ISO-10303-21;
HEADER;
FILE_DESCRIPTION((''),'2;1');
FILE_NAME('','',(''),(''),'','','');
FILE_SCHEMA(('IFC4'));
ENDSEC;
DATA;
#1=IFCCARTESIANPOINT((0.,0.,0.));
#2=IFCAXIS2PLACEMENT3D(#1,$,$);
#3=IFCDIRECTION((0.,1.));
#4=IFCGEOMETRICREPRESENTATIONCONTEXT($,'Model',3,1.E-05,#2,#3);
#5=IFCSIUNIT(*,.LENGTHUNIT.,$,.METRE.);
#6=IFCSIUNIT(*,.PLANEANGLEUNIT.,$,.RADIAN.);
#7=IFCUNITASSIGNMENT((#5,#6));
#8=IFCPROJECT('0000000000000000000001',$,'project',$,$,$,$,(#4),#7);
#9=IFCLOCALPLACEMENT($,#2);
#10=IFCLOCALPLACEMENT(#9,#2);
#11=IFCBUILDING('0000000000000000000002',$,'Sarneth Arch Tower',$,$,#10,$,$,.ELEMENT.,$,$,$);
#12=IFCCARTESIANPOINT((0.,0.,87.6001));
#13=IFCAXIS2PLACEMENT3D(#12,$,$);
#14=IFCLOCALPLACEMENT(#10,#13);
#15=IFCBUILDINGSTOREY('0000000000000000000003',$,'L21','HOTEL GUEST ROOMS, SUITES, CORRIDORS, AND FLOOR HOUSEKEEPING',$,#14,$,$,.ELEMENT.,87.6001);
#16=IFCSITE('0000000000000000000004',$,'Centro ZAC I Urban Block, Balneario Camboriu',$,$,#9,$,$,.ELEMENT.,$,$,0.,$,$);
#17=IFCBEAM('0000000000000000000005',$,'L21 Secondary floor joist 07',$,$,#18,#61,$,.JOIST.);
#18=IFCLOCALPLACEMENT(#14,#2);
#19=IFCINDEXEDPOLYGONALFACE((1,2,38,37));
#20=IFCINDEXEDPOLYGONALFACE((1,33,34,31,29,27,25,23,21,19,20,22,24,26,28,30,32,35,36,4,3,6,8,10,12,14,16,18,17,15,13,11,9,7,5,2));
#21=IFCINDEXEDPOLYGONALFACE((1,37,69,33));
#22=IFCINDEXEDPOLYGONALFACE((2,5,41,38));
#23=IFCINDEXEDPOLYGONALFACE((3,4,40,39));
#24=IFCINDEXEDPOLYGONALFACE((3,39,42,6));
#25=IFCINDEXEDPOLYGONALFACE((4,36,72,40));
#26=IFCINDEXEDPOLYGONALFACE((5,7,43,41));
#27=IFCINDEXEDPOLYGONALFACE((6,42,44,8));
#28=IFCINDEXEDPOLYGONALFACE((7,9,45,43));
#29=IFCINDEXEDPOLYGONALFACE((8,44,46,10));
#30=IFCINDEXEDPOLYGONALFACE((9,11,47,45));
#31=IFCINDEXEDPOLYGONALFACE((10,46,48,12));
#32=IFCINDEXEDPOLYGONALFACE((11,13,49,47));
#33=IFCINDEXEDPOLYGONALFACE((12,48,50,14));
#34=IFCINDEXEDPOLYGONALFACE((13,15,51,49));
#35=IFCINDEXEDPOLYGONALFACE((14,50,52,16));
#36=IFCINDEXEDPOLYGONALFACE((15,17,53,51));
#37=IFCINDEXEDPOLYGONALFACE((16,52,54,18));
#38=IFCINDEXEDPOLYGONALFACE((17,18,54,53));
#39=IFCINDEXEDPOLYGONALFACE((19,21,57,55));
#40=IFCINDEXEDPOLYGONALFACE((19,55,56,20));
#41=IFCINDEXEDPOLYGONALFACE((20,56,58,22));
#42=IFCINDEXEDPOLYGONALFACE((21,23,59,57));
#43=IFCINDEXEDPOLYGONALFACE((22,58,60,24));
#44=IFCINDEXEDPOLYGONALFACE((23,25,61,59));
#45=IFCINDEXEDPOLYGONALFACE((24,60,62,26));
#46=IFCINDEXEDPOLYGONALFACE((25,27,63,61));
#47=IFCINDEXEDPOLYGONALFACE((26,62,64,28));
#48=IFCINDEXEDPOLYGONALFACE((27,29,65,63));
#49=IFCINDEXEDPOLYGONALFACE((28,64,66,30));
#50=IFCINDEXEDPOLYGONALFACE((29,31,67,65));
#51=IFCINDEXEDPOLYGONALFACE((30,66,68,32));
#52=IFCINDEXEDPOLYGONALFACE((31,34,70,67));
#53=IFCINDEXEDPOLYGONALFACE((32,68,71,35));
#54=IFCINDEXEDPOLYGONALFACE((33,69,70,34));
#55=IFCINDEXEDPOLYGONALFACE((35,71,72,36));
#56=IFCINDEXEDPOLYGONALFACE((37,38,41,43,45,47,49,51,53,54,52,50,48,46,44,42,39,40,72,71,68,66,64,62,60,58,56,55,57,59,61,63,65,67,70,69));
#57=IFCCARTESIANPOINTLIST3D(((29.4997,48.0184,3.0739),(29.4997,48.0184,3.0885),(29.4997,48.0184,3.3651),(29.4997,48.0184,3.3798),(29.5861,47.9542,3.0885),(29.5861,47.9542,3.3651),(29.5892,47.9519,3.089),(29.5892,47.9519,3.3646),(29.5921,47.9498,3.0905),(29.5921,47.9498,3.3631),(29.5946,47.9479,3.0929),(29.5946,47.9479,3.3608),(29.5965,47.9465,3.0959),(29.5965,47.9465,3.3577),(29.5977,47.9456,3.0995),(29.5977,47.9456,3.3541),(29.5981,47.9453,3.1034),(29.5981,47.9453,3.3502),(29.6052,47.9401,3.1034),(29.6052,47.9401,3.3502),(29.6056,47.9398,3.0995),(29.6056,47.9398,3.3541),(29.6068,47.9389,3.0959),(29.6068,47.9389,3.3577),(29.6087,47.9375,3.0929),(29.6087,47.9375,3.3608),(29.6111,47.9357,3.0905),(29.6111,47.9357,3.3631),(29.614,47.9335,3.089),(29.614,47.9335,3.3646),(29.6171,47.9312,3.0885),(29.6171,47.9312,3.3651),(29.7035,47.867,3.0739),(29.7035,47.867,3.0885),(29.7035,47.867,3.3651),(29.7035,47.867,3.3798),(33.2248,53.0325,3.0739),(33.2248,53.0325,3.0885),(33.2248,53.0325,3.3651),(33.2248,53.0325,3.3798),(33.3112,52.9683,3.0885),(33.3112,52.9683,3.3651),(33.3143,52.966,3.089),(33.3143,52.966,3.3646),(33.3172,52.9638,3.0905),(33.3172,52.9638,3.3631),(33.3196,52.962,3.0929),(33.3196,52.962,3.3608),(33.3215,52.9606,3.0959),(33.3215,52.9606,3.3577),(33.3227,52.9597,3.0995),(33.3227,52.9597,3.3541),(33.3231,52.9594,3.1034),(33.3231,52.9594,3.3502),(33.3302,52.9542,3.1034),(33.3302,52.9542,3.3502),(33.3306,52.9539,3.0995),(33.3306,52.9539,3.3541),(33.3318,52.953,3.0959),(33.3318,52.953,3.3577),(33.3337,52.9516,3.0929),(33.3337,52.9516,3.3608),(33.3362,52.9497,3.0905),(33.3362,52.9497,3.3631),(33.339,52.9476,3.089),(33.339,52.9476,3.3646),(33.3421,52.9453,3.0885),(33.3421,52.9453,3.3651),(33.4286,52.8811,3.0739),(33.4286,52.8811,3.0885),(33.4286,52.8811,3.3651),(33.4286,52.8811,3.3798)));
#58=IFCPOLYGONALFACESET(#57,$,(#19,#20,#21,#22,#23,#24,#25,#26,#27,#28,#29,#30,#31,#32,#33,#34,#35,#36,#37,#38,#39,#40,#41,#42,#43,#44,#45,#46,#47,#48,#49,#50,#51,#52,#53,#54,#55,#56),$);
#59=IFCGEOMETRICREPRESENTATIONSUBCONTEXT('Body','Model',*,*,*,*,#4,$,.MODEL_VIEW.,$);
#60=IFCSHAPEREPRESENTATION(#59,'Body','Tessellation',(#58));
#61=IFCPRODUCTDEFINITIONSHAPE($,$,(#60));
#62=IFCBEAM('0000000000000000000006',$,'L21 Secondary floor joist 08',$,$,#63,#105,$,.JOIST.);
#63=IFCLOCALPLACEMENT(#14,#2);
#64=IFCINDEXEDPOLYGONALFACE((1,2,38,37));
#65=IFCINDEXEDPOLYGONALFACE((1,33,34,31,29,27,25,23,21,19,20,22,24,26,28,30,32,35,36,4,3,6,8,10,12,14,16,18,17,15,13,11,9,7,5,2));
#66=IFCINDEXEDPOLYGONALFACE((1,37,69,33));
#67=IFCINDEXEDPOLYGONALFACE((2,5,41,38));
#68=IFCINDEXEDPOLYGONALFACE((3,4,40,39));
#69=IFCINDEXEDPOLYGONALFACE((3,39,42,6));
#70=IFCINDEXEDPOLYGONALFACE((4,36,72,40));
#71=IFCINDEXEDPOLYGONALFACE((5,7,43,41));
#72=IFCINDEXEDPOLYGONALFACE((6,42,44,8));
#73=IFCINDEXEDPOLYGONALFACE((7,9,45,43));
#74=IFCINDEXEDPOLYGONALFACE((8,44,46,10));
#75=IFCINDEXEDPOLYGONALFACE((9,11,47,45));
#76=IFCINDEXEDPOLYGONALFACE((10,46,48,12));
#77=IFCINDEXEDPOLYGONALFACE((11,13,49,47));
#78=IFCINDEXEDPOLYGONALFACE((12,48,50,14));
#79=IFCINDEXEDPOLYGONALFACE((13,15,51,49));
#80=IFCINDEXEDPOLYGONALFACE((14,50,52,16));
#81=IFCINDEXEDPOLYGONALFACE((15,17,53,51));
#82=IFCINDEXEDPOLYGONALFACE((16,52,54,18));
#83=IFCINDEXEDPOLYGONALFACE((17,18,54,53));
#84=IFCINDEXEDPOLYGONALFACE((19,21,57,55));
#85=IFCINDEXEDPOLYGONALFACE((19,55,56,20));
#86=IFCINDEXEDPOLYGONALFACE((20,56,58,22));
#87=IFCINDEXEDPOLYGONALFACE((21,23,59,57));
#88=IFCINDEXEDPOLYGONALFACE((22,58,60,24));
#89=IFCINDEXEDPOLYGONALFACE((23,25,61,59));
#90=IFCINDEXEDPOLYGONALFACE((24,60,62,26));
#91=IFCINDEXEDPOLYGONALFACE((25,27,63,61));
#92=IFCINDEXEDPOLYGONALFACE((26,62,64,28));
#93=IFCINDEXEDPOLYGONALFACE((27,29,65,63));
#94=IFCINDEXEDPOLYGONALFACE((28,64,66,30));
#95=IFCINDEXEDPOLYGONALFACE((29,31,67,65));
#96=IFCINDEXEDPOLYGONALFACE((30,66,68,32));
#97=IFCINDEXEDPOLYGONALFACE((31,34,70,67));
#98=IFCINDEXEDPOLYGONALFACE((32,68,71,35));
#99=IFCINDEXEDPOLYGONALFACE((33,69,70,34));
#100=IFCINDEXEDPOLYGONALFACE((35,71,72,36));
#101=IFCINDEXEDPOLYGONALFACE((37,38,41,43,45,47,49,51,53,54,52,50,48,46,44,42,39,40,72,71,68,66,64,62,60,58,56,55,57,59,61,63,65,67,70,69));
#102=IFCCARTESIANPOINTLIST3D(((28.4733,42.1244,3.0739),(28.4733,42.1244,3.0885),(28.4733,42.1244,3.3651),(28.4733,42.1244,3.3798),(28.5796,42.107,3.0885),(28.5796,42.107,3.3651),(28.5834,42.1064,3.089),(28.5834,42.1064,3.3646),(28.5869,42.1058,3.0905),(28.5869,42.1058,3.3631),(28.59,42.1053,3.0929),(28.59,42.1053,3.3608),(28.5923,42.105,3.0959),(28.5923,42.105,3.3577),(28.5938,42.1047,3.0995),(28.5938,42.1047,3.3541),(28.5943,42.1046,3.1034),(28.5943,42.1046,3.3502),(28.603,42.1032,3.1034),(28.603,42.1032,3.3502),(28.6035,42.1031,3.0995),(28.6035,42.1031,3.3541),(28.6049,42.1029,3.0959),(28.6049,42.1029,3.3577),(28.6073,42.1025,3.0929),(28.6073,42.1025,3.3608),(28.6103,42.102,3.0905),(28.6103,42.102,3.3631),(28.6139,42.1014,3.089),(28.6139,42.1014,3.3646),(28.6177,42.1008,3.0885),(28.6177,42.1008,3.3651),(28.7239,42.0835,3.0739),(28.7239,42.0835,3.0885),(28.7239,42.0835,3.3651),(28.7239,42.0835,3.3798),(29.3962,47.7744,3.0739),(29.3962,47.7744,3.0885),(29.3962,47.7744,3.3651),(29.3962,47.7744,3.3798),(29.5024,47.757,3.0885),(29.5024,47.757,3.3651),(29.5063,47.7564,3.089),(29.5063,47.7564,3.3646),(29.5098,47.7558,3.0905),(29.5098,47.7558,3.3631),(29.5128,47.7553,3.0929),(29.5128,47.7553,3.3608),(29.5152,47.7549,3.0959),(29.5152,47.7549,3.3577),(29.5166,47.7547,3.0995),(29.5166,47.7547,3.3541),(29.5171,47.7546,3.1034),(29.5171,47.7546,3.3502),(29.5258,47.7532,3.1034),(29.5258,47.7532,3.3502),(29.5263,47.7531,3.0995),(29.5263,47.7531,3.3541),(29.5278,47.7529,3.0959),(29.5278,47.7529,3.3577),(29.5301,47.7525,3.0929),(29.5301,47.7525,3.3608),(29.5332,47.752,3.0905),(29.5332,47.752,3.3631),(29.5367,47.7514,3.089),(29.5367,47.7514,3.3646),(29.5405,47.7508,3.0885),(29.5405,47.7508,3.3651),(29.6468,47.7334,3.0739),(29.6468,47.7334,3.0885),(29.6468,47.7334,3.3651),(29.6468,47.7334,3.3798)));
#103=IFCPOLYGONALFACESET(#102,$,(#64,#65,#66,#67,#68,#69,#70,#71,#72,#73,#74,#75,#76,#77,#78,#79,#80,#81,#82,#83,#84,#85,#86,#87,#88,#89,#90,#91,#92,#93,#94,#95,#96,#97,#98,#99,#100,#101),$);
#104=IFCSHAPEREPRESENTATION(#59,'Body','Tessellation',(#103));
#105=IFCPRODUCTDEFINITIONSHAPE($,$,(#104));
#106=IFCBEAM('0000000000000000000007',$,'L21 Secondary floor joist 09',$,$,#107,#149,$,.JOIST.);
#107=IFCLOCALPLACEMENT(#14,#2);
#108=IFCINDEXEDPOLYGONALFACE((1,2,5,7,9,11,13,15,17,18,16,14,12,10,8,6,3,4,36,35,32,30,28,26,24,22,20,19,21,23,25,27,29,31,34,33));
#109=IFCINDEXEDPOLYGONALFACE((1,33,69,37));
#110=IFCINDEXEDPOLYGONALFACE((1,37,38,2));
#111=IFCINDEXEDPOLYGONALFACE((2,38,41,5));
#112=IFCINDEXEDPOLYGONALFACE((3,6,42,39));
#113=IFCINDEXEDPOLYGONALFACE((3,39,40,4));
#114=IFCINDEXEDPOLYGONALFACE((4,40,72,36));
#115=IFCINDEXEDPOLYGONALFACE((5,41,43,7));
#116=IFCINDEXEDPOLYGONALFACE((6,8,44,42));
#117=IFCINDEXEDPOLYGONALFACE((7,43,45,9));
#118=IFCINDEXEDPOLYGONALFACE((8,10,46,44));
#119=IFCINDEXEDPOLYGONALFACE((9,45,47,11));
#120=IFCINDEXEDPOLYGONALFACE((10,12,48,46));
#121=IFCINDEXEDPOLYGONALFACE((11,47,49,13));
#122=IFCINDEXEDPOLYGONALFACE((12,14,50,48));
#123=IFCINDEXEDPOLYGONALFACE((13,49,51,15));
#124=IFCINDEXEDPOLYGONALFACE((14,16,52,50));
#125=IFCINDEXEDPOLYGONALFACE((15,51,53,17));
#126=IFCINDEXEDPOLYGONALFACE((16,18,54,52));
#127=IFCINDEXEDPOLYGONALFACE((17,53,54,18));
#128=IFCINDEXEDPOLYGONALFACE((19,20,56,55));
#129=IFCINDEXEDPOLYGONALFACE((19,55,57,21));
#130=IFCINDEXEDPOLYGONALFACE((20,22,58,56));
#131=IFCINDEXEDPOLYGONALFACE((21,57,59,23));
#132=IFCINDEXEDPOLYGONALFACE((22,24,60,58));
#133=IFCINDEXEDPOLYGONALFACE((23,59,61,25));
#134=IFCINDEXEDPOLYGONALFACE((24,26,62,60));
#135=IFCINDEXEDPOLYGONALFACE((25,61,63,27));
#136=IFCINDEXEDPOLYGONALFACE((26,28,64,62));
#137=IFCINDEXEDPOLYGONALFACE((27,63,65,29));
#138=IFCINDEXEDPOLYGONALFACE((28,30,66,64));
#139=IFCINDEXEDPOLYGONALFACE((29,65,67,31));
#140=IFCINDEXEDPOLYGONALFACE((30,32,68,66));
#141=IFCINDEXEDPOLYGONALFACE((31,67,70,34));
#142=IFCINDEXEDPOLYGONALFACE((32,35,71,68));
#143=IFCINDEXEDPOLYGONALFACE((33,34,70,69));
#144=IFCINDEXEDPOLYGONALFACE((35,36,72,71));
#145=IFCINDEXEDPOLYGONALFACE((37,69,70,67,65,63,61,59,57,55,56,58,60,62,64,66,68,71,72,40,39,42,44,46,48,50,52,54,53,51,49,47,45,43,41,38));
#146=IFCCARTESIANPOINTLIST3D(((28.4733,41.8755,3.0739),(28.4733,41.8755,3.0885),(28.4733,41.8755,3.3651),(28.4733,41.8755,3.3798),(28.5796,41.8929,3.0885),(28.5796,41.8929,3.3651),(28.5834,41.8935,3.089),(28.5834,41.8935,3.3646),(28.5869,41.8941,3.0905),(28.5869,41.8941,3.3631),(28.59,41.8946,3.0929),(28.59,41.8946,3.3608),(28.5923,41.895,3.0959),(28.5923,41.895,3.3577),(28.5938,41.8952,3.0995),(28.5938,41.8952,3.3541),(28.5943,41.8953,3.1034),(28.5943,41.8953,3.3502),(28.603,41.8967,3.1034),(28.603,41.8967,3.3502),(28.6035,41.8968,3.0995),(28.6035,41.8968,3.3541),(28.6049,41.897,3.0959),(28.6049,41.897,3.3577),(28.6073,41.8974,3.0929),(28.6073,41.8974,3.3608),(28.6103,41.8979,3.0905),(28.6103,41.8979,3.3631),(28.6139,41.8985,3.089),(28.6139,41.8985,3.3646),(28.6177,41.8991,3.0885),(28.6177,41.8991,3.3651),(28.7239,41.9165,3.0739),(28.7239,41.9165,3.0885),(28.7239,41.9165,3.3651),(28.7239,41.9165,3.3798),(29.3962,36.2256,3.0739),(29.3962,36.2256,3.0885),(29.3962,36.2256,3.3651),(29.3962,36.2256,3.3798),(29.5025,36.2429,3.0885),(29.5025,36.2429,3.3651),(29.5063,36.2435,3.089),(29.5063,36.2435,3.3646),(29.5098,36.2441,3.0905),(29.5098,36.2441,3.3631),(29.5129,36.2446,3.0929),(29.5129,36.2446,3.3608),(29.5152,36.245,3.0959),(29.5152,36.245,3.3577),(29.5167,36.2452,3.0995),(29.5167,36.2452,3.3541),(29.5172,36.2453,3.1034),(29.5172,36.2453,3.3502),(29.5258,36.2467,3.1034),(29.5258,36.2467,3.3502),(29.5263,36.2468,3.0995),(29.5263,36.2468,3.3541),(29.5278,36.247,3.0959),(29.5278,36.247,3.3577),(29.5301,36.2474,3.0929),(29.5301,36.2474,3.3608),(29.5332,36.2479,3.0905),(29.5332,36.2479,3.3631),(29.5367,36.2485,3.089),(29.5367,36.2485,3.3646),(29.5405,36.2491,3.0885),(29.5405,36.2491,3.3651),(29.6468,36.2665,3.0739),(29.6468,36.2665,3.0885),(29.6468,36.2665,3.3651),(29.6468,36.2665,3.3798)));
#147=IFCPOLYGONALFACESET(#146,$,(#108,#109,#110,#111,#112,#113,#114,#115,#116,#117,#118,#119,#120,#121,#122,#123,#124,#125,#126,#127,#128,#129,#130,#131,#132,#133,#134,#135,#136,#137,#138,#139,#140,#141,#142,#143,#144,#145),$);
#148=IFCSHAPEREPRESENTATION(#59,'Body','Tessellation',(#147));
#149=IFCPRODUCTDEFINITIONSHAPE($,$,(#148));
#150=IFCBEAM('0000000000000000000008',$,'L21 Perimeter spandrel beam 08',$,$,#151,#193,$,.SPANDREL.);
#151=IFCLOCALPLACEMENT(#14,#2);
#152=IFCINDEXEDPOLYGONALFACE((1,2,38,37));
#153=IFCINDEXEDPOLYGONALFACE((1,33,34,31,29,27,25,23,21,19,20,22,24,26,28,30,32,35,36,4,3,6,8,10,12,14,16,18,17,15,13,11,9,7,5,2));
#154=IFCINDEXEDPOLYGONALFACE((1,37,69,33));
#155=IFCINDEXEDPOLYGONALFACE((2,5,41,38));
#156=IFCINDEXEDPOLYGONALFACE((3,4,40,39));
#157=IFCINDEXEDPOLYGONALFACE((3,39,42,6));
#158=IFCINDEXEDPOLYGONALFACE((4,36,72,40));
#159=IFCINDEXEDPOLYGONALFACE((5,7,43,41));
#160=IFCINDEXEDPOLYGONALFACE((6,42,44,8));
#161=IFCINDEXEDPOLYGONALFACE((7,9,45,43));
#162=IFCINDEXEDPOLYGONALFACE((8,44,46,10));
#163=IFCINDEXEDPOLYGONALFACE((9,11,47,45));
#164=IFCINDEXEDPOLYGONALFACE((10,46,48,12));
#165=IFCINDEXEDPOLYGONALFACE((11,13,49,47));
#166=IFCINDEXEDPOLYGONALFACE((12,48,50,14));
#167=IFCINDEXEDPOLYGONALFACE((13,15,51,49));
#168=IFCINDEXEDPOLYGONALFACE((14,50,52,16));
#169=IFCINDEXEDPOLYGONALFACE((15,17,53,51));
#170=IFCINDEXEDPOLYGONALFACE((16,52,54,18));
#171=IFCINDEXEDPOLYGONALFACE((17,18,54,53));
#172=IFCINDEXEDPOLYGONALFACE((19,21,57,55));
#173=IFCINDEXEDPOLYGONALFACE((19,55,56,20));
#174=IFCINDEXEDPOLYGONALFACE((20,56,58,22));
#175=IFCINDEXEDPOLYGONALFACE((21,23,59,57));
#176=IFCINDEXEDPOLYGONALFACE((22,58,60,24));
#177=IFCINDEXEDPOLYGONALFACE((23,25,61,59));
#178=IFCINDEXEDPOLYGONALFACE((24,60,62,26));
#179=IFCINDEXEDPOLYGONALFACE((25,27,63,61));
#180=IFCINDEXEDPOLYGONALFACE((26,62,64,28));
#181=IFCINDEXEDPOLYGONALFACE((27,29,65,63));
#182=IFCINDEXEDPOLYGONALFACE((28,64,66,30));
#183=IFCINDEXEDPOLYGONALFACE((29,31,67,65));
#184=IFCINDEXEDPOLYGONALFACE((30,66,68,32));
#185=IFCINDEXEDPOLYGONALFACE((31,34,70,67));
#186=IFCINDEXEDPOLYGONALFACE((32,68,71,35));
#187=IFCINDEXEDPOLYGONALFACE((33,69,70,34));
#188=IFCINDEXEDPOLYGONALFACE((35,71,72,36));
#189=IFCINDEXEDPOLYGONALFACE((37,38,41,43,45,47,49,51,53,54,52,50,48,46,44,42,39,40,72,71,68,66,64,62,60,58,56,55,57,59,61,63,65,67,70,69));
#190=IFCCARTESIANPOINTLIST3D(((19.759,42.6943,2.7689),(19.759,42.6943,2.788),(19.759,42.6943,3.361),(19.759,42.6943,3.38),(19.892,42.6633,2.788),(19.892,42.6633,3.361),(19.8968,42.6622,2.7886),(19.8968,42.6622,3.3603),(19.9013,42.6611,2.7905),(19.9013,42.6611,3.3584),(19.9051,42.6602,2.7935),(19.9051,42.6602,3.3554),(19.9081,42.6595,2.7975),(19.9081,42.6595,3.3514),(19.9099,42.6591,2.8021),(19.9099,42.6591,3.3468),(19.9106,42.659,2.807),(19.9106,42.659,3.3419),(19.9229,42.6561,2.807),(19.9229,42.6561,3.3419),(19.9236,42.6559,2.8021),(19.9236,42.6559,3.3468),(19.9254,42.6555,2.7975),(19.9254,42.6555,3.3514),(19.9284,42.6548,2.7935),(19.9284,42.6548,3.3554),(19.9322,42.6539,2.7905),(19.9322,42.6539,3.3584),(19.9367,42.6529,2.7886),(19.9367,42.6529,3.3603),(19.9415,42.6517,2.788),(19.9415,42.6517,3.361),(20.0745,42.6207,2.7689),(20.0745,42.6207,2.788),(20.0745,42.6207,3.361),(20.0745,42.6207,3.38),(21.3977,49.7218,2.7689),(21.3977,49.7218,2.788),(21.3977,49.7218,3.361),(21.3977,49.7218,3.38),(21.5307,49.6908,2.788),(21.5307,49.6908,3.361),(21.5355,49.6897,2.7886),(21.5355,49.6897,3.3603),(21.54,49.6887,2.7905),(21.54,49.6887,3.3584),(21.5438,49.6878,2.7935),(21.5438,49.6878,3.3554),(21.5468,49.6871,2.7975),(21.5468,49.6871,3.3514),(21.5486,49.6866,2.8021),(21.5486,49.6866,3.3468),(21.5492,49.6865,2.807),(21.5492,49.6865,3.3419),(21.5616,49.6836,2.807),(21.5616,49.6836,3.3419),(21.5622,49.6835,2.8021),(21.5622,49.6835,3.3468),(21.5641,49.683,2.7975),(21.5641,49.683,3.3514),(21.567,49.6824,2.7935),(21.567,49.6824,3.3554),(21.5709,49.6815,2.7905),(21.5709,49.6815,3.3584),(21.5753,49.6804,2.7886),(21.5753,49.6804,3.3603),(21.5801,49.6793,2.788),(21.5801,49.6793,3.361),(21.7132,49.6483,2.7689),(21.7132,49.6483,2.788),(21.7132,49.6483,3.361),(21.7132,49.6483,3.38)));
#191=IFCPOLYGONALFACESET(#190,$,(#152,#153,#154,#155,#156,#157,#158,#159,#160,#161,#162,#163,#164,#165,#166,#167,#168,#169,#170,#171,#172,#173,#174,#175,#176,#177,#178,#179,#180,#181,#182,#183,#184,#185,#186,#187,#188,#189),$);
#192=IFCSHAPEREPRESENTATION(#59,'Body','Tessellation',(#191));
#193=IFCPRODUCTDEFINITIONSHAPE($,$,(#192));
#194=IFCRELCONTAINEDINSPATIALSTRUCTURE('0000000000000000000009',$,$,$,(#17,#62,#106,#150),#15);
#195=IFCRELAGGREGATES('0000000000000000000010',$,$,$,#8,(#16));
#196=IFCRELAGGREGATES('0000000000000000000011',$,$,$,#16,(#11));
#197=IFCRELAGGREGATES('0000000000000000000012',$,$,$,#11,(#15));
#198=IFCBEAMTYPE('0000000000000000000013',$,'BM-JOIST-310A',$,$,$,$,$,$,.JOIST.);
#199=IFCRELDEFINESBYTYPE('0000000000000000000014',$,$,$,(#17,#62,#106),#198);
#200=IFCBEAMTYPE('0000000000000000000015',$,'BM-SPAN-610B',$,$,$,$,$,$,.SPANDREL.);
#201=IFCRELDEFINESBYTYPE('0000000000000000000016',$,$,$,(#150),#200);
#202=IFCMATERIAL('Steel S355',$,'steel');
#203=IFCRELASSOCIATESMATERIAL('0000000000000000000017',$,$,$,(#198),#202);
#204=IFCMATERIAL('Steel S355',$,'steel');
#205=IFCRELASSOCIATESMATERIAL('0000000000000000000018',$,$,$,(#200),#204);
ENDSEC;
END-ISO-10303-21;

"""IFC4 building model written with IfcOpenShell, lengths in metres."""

from ifc_helpers import new_model, si_unit, direction, frame, origin, origin_2d, place, context, subcontext, project, spatial, i_section, extrude, material, material_profile, profile_set, type_object, element, save


model = new_model("IFC4")

# Units and contexts
model_context = context("Model", 3, precision=1e-05, world=origin(), true_north=direction((0.0, 1.0)))
body_context = subcontext(model_context, "Body", "Model", "MODEL_VIEW")
ifc_project = project(units=[si_unit("LENGTHUNIT", "METRE"), si_unit("PLANEANGLEUNIT", "RADIAN")], contexts=[model_context])

# Site, building, storey
site_placement = place(None, origin())
site = spatial("IfcSite", under=ifc_project, at=site_placement, Name="Centro ZAC I Urban Block, Balneario Camboriu", CompositionType="ELEMENT", RefElevation=0.0)
building_placement = place(site_placement, origin())
building = spatial("IfcBuilding", under=site, at=building_placement, Name="Sarneth Arch Tower", CompositionType="ELEMENT")
storey_placement = place(building_placement, frame((0.0, 0.0, 87.6001)))
storey = spatial("IfcBuildingStorey", under=building, at=storey_placement, Name="L21", Description="HOTEL GUEST ROOMS, SUITES, CORRIDORS, AND FLOOR HOUSEKEEPING", CompositionType="ELEMENT", Elevation=87.6001)

# Beams
ifc_material_1 = material(Name="Steel S355", Category="steel")
ifc_material_profile_1 = material_profile(ifc_material_1, i_section(OverallWidth=0.2539, OverallDepth=0.3059, WebThickness=0.0088, FlangeThickness=0.0146, FilletRadius=0.0149, at=origin_2d()), Name="W310x79")
ifc_profile_set_1 = profile_set([ifc_material_profile_1], Name="Steel S355")
beam_type_1 = type_object("IfcBeamType", Name="BM-JOIST-310A", PredefinedType="JOIST", material=ifc_profile_set_1)
beam_1_placement = place(storey_placement, frame((33.3267, 52.9568, 3.2268), z_axis=(-0.596354, -0.802721, 0.0), x_axis=(0.802721, -0.596354, 0.0)))
element("IfcBeam", 1, at=beam_1_placement, inside=storey, type_object=beam_type_1, Name="L21 Secondary floor joist 07", PredefinedType="JOIST", context=body_context, shape_type="SweptSolid", body=[
    extrude(i_section(OverallWidth=0.2539, OverallDepth=0.3059, WebThickness=0.0088, FlangeThickness=0.0146, FilletRadius=0.0149, at=origin_2d()), origin(), (0.0, 0.0, 1.0), 6.2463),
])
for number, where, z_axis, x_axis, name in (
    (2, (29.5215, 47.7539, 3.2268), (-0.161203, -0.986921, 0.0), (0.986921, -0.161203, 0.0), "L21 Secondary floor joist 08"),
    (3, (28.5986, 41.896, 3.2268), (0.161203, -0.986921, 0.0), (0.986921, 0.161203, 0.0), "L21 Secondary floor joist 09"),
):
    element("IfcBeam", number, at=place(storey_placement, frame(where, z_axis=z_axis, x_axis=x_axis)), inside=storey, type_object=beam_type_1, Name=name, PredefinedType="JOIST", context=body_context, shape_type="SweptSolid", body=[
        extrude(i_section(OverallWidth=0.2539, OverallDepth=0.3059, WebThickness=0.0088, FlangeThickness=0.0146, FilletRadius=0.0149, at=origin_2d()), origin(), (0.0, 0.0, 1.0), 5.7249),
    ])
ifc_material_2 = material(Name="Steel S355", Category="steel")
ifc_material_profile_2 = material_profile(ifc_material_2, i_section(OverallWidth=0.324, OverallDepth=0.6111, WebThickness=0.0127, FlangeThickness=0.019, FilletRadius=0.019, at=origin_2d()), Name="W610x155")
ifc_profile_set_2 = profile_set([ifc_material_profile_2], Name="Steel S355")
beam_type_2 = type_object("IfcBeamType", Name="BM-SPAN-610B", PredefinedType="SPANDREL", material=ifc_profile_set_2)
beam_2_placement = place(storey_placement, frame((21.5554, 49.6851, 3.0745), z_axis=(-0.227085, -0.973875, 0.0), x_axis=(0.973875, -0.227085, 0.0)))
element("IfcBeam", 4, at=beam_2_placement, inside=storey, type_object=beam_type_2, Name="L21 Perimeter spandrel beam 08", PredefinedType="SPANDREL", context=body_context, shape_type="SweptSolid", body=[
    extrude(i_section(OverallWidth=0.324, OverallDepth=0.6111, WebThickness=0.0127, FlangeThickness=0.019, FilletRadius=0.019, at=origin_2d()), origin(), (0.0, 0.0, 1.0), 7.2161),
])

save(model, "model.ifc")
